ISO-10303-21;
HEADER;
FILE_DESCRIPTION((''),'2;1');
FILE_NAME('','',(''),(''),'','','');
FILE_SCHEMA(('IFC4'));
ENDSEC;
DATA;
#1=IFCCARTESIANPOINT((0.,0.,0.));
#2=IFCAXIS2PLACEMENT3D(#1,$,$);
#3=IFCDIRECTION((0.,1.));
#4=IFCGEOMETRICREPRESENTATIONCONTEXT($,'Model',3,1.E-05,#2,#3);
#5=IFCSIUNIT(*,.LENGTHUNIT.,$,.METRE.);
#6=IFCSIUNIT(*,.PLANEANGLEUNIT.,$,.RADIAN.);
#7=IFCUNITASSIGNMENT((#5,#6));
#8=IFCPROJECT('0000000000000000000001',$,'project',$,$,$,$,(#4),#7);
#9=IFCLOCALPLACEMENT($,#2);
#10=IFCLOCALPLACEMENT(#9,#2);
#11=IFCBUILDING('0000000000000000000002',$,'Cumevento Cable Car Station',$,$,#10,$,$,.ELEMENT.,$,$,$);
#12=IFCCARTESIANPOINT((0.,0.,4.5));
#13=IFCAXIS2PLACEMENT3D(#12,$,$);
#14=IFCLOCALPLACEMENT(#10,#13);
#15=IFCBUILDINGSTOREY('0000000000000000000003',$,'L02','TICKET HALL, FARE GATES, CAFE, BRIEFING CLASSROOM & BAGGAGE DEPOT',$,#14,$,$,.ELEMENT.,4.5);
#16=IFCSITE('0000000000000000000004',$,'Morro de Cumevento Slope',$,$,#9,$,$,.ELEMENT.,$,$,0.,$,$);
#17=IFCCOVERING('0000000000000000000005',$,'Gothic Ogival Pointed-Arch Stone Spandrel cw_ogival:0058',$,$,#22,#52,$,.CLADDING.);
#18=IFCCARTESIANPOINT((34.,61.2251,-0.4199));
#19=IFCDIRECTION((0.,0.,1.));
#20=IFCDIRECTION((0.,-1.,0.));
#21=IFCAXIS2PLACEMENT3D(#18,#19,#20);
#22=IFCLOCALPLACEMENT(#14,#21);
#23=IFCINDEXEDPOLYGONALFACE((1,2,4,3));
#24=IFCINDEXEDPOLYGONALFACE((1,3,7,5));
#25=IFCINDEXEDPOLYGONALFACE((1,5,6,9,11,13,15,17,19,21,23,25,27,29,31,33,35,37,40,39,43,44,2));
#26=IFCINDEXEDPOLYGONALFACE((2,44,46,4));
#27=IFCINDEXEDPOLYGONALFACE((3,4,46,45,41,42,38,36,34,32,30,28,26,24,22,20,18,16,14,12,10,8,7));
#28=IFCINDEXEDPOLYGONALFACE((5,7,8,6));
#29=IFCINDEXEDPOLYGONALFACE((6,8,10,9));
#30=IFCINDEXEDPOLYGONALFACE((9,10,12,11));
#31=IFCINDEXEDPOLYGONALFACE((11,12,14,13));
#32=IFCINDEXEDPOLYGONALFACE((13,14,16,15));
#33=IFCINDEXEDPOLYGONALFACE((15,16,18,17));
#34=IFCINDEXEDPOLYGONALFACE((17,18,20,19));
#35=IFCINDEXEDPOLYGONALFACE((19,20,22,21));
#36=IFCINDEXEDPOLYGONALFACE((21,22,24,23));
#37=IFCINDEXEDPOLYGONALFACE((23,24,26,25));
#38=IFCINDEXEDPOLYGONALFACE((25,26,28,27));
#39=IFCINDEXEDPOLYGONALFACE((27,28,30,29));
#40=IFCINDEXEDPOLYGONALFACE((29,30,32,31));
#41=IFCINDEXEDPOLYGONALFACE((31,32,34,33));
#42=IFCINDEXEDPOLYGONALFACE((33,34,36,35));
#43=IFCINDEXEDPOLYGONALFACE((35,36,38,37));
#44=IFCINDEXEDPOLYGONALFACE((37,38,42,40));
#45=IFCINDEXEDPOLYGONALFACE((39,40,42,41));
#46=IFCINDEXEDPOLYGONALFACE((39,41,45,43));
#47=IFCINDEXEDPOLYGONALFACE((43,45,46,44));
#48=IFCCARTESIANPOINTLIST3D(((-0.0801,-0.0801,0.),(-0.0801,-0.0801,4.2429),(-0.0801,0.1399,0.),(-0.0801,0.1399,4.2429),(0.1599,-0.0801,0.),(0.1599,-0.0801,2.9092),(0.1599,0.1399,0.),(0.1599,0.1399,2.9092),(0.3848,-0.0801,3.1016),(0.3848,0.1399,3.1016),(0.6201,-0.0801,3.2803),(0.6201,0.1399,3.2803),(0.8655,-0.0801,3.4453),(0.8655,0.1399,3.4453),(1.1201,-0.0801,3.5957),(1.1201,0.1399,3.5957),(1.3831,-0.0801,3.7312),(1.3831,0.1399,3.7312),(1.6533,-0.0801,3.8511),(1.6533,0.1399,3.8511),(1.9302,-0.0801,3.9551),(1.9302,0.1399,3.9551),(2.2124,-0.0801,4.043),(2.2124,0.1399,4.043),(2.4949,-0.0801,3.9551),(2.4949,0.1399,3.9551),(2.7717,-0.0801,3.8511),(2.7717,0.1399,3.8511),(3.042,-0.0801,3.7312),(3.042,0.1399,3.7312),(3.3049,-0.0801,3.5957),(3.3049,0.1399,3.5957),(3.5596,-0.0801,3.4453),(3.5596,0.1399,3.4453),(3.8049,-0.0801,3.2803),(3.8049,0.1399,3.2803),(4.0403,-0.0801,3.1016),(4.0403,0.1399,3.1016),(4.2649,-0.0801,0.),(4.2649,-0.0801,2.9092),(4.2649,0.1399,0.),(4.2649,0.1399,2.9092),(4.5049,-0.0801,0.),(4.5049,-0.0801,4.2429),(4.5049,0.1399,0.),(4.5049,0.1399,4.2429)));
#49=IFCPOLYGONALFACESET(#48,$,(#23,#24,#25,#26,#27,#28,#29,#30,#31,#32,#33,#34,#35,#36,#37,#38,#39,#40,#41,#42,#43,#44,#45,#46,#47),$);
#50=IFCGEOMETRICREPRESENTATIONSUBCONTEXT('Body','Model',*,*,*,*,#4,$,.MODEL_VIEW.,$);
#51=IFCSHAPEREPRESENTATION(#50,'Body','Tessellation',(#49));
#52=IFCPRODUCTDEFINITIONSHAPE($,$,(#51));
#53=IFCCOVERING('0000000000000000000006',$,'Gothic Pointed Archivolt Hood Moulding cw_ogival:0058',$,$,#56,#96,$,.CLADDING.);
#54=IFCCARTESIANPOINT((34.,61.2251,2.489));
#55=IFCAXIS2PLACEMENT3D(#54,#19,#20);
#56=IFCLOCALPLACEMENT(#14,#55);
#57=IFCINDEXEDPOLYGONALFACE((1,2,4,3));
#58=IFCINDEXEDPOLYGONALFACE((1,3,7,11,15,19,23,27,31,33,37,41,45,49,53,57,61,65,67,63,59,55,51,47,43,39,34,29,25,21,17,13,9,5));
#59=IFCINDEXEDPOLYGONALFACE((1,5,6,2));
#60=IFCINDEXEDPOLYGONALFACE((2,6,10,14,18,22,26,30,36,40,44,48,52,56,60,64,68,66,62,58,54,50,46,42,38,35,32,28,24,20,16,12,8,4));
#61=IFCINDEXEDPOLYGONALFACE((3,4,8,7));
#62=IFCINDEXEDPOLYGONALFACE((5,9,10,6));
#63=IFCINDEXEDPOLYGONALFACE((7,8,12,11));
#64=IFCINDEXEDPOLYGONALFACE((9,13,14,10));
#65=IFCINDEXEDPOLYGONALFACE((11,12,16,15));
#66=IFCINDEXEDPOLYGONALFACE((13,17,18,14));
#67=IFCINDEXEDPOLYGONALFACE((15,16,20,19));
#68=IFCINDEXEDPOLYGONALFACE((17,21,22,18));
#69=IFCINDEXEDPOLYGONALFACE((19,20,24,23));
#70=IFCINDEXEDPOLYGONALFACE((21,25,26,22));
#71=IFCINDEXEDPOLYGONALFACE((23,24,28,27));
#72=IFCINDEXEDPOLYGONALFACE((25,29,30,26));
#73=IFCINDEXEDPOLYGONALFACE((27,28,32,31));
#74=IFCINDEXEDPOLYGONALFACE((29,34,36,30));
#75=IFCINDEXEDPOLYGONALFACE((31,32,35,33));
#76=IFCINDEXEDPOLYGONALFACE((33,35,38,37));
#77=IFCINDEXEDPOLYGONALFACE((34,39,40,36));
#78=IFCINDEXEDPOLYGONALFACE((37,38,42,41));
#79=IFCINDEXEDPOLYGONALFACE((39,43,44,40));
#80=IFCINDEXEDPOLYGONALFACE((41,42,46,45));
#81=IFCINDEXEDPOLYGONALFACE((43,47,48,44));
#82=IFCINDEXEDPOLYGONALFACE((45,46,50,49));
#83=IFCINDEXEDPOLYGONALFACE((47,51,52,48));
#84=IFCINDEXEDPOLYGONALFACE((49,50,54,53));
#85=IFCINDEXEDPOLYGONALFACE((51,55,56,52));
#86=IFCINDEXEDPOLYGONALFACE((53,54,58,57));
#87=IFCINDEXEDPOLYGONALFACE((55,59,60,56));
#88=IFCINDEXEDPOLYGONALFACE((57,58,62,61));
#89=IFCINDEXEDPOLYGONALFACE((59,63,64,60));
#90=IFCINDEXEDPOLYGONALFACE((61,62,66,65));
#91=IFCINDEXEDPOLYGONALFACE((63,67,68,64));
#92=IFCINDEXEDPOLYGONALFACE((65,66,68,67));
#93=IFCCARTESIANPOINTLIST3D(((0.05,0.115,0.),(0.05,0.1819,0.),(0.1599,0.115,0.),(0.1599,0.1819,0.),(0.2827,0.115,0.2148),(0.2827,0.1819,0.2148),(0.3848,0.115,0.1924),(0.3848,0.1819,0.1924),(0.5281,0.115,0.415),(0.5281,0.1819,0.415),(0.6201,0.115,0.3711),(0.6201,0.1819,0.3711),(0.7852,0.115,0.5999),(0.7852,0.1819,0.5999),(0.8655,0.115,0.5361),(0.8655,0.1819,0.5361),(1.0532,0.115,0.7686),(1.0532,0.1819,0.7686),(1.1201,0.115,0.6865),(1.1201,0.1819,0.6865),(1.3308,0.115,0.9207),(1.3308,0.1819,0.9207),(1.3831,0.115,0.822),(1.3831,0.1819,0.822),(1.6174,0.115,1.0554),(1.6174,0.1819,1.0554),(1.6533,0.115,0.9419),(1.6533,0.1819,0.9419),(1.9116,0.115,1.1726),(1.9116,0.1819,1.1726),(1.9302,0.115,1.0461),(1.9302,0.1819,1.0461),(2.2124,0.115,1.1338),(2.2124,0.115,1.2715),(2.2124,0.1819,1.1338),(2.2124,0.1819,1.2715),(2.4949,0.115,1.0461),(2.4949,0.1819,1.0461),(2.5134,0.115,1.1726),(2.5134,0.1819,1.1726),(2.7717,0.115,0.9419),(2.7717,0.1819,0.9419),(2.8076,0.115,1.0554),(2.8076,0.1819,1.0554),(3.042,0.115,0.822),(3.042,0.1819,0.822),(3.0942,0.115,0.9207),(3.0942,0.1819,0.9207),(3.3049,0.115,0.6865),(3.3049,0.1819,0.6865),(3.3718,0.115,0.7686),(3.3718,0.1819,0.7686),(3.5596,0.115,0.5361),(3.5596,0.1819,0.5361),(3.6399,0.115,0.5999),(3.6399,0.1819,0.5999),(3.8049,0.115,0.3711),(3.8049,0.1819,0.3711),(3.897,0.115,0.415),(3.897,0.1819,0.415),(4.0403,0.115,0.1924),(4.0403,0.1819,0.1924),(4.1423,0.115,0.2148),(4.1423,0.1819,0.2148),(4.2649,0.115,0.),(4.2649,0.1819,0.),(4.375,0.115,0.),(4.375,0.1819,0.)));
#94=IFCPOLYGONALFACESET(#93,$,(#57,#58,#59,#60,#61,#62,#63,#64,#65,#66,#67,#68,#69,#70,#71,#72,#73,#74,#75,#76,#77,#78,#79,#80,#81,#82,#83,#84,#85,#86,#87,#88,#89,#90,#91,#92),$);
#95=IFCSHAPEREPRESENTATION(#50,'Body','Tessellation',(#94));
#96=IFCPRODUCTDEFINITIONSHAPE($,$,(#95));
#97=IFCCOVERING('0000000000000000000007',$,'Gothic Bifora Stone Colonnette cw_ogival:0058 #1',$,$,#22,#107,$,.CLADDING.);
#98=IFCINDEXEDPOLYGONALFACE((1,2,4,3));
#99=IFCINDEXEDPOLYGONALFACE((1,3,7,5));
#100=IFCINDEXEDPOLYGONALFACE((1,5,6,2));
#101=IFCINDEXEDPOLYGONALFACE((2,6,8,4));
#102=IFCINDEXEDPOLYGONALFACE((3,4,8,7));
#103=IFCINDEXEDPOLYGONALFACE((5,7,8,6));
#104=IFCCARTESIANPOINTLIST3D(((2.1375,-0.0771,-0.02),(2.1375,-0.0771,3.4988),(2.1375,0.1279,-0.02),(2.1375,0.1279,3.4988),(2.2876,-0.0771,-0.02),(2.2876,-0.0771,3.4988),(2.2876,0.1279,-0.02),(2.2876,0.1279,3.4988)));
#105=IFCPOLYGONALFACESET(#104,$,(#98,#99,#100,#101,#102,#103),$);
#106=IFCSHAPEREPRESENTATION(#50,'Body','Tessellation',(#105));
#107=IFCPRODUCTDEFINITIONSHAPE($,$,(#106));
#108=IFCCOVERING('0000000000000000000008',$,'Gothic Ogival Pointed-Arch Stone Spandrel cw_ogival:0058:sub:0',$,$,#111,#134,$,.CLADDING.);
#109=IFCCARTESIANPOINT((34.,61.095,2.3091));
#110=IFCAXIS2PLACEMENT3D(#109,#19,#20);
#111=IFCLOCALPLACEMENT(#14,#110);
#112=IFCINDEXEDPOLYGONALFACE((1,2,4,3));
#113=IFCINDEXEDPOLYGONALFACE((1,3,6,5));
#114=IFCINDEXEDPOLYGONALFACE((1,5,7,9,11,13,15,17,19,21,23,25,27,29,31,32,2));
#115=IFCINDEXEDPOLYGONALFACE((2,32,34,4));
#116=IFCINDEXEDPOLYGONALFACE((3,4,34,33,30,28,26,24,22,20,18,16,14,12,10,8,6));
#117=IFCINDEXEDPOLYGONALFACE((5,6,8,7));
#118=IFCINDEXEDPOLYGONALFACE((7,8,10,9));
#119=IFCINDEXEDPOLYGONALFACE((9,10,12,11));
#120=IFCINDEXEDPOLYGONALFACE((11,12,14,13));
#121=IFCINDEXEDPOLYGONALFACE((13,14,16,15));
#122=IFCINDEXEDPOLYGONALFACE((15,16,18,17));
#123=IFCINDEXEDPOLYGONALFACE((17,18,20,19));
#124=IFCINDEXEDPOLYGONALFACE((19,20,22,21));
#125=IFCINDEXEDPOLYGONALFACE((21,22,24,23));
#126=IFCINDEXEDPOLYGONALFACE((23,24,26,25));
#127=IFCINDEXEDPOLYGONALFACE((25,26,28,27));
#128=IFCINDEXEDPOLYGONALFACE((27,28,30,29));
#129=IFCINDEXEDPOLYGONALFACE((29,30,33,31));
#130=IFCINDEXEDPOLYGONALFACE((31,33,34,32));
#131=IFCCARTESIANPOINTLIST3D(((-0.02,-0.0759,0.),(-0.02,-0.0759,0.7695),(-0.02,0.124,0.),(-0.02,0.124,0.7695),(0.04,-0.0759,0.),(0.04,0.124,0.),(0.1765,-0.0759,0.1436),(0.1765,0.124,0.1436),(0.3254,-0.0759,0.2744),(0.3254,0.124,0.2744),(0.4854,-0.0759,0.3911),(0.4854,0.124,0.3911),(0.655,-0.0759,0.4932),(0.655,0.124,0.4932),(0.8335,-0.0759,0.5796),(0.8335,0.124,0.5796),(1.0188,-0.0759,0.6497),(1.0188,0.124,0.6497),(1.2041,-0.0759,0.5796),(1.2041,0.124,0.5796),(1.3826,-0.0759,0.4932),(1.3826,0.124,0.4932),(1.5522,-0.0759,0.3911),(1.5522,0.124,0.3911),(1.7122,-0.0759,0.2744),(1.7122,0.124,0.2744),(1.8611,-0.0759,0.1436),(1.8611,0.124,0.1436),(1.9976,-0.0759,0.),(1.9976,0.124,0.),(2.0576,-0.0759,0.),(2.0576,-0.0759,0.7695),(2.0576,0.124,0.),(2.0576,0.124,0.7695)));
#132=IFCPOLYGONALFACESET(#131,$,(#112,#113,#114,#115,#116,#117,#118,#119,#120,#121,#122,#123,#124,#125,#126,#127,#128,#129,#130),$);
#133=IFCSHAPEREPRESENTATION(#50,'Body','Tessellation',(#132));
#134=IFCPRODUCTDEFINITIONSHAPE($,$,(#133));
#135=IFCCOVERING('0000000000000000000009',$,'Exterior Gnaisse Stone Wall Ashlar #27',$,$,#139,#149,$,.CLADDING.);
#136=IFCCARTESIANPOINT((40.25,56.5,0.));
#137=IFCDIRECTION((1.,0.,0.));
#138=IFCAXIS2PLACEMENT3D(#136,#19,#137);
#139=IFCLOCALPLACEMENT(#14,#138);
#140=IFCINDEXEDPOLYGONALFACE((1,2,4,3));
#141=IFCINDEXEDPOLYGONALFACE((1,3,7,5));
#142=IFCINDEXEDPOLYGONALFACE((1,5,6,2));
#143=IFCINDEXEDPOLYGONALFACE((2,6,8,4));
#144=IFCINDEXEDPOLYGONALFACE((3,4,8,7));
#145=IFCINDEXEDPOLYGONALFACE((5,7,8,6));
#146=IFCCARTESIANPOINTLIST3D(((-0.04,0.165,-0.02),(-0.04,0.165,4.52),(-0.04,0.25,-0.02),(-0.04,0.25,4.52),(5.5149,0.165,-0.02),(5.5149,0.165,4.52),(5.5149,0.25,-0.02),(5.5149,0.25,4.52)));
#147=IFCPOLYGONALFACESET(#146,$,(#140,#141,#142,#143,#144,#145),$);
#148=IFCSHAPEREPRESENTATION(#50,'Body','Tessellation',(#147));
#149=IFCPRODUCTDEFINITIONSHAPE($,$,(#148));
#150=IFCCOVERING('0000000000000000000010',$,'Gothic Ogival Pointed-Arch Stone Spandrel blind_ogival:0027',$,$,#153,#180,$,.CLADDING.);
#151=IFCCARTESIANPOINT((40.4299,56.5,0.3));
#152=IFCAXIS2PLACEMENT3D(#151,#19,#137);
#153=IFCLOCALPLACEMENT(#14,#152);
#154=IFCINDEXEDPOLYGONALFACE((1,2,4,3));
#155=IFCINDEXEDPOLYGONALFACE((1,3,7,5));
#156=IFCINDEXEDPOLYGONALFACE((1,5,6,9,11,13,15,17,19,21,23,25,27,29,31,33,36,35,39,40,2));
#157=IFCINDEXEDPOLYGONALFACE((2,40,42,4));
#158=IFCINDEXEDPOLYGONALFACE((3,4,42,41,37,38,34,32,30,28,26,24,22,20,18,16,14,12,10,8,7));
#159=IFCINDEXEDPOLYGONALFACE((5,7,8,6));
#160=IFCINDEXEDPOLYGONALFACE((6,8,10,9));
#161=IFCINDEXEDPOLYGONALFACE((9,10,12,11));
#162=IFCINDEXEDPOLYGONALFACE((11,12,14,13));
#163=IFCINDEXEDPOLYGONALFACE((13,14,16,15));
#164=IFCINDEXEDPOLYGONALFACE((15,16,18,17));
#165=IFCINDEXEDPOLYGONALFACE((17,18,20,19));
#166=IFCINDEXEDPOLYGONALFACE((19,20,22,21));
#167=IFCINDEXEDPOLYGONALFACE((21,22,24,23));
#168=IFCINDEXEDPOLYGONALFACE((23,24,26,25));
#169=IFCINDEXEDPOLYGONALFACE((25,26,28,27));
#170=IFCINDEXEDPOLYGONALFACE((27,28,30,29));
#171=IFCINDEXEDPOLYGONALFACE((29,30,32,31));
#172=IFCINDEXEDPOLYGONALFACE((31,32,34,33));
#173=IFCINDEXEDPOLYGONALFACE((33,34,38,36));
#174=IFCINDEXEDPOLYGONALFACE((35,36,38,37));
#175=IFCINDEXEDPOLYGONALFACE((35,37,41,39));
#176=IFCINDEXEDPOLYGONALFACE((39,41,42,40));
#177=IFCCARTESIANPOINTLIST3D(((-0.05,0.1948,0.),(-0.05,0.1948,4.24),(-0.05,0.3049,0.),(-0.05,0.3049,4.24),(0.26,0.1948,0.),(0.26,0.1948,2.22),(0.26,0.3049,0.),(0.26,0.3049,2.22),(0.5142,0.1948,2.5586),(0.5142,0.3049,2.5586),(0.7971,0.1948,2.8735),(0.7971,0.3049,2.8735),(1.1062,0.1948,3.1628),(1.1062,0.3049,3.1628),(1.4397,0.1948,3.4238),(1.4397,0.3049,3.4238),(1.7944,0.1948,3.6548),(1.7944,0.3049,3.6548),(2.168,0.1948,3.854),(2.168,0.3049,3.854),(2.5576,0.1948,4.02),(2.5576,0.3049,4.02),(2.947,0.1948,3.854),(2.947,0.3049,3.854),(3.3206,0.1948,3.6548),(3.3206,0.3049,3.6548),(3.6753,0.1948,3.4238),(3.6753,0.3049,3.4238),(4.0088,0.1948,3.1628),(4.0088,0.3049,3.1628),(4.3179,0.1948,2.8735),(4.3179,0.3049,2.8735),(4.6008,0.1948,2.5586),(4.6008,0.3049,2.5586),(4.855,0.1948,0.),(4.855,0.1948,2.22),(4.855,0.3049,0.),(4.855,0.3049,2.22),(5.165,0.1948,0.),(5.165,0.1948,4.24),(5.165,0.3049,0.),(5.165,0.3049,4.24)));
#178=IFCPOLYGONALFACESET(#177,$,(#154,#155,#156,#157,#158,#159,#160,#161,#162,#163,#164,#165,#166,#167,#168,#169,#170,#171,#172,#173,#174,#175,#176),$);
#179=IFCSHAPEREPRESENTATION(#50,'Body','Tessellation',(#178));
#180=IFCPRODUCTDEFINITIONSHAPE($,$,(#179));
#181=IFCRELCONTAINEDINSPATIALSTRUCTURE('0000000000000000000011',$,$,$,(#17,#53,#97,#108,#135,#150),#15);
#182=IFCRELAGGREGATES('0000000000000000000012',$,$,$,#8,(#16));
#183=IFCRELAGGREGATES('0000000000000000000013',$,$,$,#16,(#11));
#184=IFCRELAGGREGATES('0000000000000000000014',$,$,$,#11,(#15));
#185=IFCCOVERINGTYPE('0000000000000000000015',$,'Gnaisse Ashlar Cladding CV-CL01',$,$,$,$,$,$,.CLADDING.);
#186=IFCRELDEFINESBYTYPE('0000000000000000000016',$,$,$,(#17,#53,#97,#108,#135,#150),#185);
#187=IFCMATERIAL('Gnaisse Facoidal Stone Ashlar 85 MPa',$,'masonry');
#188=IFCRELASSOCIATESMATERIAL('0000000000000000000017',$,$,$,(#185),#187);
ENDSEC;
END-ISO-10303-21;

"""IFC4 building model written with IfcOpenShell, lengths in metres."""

from ifc_helpers import new_model, si_unit, direction, frame, origin, place, context, subcontext, project, spatial, polyline, outline, extrude, material, type_object, element, save


model = new_model("IFC4")

# Units and contexts
model_context = context("Model", 3, precision=1e-05, world=origin(), true_north=direction((0.0, 1.0)))
body_context = subcontext(model_context, "Body", "Model", "MODEL_VIEW")
ifc_project = project(units=[si_unit("LENGTHUNIT", "METRE"), si_unit("PLANEANGLEUNIT", "RADIAN")], contexts=[model_context])

# Site, building, storey
site_placement = place(None, origin())
site = spatial("IfcSite", under=ifc_project, at=site_placement, Name="Morro de Cumevento Slope", CompositionType="ELEMENT", RefElevation=0.0)
building_placement = place(site_placement, origin())
building = spatial("IfcBuilding", under=site, at=building_placement, Name="Cumevento Cable Car Station", CompositionType="ELEMENT")
storey_placement = place(building_placement, frame((0.0, 0.0, 4.5)))
storey = spatial("IfcBuildingStorey", under=building, at=storey_placement, Name="L02", Description="TICKET HALL, FARE GATES, CAFE, BRIEFING CLASSROOM & BAGGAGE DEPOT", CompositionType="ELEMENT", Elevation=4.5)

# Coverings
ifc_material_1 = material(Name="Gnaisse Facoidal Stone Ashlar 85 MPa", Category="masonry")
covering_type = type_object("IfcCoveringType", Name="Gnaisse Ashlar Cladding CV-CL01", PredefinedType="CLADDING", material=ifc_material_1)
placement_1 = place(storey_placement, frame((34.0, 61.2251, -0.4199), z_axis=(0.0, 0.0, 1.0), x_axis=(0.0, -1.0, 0.0)))
element("IfcCovering", 1, at=placement_1, inside=storey, type_object=covering_type, Name="Gothic Ogival Pointed-Arch Stone Spandrel cw_ogival:0058", PredefinedType="CLADDING", context=body_context, shape_type="SweptSolid", body=[
    extrude(outline(polyline([(-0.0801, 0.0), (-0.0801, 4.2429), (4.5049, 4.2429), (4.5049, 0.0), (4.2649, 0.0), (4.2649, 2.9092), (4.0403, 3.1016), (3.8049, 3.2803), (3.5596, 3.4453), (3.3049, 3.5957), (3.042, 3.7312), (2.7717, 3.8511), (2.4949, 3.9551), (2.2124, 4.043), (1.9302, 3.9551), (1.6533, 3.8511), (1.3831, 3.7312), (1.1201, 3.5957), (0.8655, 3.4453), (0.6201, 3.2803), (0.3848, 3.1016), (0.1599, 2.9092), (0.1599, 0.0), (-0.0801, 0.0)])), frame((0.0, 0.1399, 0.0), z_axis=(0.0, -1.0, 0.0), x_axis=(1.0, 0.0, 0.0)), (0.0, 0.0, 1.0), 0.22),
])
covering_1_placement = place(storey_placement, frame((34.0, 61.2251, 2.489), z_axis=(0.0, 0.0, 1.0), x_axis=(0.0, -1.0, 0.0)))
element("IfcCovering", 2, at=covering_1_placement, inside=storey, type_object=covering_type, Name="Gothic Pointed Archivolt Hood Moulding cw_ogival:0058", PredefinedType="CLADDING", context=body_context, shape_type="SweptSolid", body=[
    extrude(outline(polyline([(0.1599, 0.0), (0.3848, 0.1924), (0.6201, 0.3711), (0.8655, 0.5361), (1.1201, 0.6865), (1.3831, 0.822), (1.6533, 0.9419), (1.9302, 1.0461), (2.2124, 1.1338), (2.4949, 1.0461), (2.7717, 0.9419), (3.042, 0.822), (3.3049, 0.6865), (3.5596, 0.5361), (3.8049, 0.3711), (4.0403, 0.1924), (4.2649, 0.0), (4.375, 0.0), (4.1423, 0.2148), (3.897, 0.415), (3.6399, 0.5999), (3.3718, 0.7686), (3.0942, 0.9207), (2.8076, 1.0554), (2.5134, 1.1726), (2.2124, 1.2715), (1.9116, 1.1726), (1.6174, 1.0554), (1.3308, 0.9207), (1.0532, 0.7686), (0.7852, 0.5999), (0.5281, 0.415), (0.2827, 0.2148), (0.05, 0.0), (0.1599, 0.0)])), frame((0.0, 0.1819, 0.0), z_axis=(0.0, -1.0, 0.0), x_axis=(1.0, 0.0, 0.0)), (0.0, 0.0, 1.0), 0.0669),
])
element("IfcCovering", 3, at=placement_1, inside=storey, type_object=covering_type, Name="Gothic Bifora Stone Colonnette cw_ogival:0058 #1", PredefinedType="CLADDING", context=body_context, shape_type="SweptSolid", body=[
    extrude(outline(polyline([(2.1375, -0.02), (2.2876, -0.02), (2.2876, 3.4988), (2.1375, 3.4988), (2.1375, -0.02)])), frame((0.0, 0.1279, 0.0), z_axis=(0.0, -1.0, 0.0), x_axis=(1.0, 0.0, 0.0)), (0.0, 0.0, 1.0), 0.2051),
])
covering_2_placement = place(storey_placement, frame((34.0, 61.095, 2.3091), z_axis=(0.0, 0.0, 1.0), x_axis=(0.0, -1.0, 0.0)))
element("IfcCovering", 4, at=covering_2_placement, inside=storey, type_object=covering_type, Name="Gothic Ogival Pointed-Arch Stone Spandrel cw_ogival:0058:sub:0", PredefinedType="CLADDING", context=body_context, shape_type="SweptSolid", body=[
    extrude(outline(polyline([(-0.02, 0.0), (-0.02, 0.7695), (2.0576, 0.7695), (2.0576, 0.0), (1.9976, 0.0), (1.8611, 0.1436), (1.7122, 0.2744), (1.5522, 0.3911), (1.3826, 0.4932), (1.2041, 0.5796), (1.0188, 0.6497), (0.8335, 0.5796), (0.655, 0.4932), (0.4854, 0.3911), (0.3254, 0.2744), (0.1765, 0.1436), (0.04, 0.0), (-0.02, 0.0)])), frame((0.0, 0.124, 0.0), z_axis=(0.0, -1.0, 0.0), x_axis=(1.0, 0.0, 0.0)), (0.0, 0.0, 1.0), 0.2),
])
covering_3_placement = place(storey_placement, frame((40.25, 56.5, 0.0), z_axis=(0.0, 0.0, 1.0), x_axis=(1.0, 0.0, 0.0)))
element("IfcCovering", 5, at=covering_3_placement, inside=storey, type_object=covering_type, Name="Exterior Gnaisse Stone Wall Ashlar #27", PredefinedType="CLADDING", context=body_context, shape_type="SweptSolid", body=[
    extrude(outline(polyline([(-0.04, -0.02), (5.5149, -0.02), (5.5149, 4.52), (-0.04, 4.52), (-0.04, -0.02)])), frame((0.0, 0.25, 0.0), z_axis=(0.0, -1.0, 0.0), x_axis=(1.0, 0.0, 0.0)), (0.0, 0.0, 1.0), 0.085),
])
placement_2 = place(storey_placement, frame((40.4299, 56.5, 0.3), z_axis=(0.0, 0.0, 1.0), x_axis=(1.0, 0.0, 0.0)))
element("IfcCovering", 6, at=placement_2, inside=storey, type_object=covering_type, Name="Gothic Ogival Pointed-Arch Stone Spandrel blind_ogival:0027", PredefinedType="CLADDING", context=body_context, shape_type="SweptSolid", body=[
    extrude(outline(polyline([(-0.05, 0.0), (-0.05, 4.24), (5.165, 4.24), (5.165, 0.0), (4.855, 0.0), (4.855, 2.22), (4.6008, 2.5586), (4.3179, 2.8735), (4.0088, 3.1628), (3.6753, 3.4238), (3.3206, 3.6548), (2.947, 3.854), (2.5576, 4.02), (2.168, 3.854), (1.7944, 3.6548), (1.4397, 3.4238), (1.1062, 3.1628), (0.7971, 2.8735), (0.5142, 2.5586), (0.26, 2.22), (0.26, 0.0), (-0.05, 0.0)])), frame((0.0, 0.3049, 0.0), z_axis=(0.0, -1.0, 0.0), x_axis=(1.0, 0.0, 0.0)), (0.0, 0.0, 1.0), 0.1101),
])

save(model, "model.ifc")
